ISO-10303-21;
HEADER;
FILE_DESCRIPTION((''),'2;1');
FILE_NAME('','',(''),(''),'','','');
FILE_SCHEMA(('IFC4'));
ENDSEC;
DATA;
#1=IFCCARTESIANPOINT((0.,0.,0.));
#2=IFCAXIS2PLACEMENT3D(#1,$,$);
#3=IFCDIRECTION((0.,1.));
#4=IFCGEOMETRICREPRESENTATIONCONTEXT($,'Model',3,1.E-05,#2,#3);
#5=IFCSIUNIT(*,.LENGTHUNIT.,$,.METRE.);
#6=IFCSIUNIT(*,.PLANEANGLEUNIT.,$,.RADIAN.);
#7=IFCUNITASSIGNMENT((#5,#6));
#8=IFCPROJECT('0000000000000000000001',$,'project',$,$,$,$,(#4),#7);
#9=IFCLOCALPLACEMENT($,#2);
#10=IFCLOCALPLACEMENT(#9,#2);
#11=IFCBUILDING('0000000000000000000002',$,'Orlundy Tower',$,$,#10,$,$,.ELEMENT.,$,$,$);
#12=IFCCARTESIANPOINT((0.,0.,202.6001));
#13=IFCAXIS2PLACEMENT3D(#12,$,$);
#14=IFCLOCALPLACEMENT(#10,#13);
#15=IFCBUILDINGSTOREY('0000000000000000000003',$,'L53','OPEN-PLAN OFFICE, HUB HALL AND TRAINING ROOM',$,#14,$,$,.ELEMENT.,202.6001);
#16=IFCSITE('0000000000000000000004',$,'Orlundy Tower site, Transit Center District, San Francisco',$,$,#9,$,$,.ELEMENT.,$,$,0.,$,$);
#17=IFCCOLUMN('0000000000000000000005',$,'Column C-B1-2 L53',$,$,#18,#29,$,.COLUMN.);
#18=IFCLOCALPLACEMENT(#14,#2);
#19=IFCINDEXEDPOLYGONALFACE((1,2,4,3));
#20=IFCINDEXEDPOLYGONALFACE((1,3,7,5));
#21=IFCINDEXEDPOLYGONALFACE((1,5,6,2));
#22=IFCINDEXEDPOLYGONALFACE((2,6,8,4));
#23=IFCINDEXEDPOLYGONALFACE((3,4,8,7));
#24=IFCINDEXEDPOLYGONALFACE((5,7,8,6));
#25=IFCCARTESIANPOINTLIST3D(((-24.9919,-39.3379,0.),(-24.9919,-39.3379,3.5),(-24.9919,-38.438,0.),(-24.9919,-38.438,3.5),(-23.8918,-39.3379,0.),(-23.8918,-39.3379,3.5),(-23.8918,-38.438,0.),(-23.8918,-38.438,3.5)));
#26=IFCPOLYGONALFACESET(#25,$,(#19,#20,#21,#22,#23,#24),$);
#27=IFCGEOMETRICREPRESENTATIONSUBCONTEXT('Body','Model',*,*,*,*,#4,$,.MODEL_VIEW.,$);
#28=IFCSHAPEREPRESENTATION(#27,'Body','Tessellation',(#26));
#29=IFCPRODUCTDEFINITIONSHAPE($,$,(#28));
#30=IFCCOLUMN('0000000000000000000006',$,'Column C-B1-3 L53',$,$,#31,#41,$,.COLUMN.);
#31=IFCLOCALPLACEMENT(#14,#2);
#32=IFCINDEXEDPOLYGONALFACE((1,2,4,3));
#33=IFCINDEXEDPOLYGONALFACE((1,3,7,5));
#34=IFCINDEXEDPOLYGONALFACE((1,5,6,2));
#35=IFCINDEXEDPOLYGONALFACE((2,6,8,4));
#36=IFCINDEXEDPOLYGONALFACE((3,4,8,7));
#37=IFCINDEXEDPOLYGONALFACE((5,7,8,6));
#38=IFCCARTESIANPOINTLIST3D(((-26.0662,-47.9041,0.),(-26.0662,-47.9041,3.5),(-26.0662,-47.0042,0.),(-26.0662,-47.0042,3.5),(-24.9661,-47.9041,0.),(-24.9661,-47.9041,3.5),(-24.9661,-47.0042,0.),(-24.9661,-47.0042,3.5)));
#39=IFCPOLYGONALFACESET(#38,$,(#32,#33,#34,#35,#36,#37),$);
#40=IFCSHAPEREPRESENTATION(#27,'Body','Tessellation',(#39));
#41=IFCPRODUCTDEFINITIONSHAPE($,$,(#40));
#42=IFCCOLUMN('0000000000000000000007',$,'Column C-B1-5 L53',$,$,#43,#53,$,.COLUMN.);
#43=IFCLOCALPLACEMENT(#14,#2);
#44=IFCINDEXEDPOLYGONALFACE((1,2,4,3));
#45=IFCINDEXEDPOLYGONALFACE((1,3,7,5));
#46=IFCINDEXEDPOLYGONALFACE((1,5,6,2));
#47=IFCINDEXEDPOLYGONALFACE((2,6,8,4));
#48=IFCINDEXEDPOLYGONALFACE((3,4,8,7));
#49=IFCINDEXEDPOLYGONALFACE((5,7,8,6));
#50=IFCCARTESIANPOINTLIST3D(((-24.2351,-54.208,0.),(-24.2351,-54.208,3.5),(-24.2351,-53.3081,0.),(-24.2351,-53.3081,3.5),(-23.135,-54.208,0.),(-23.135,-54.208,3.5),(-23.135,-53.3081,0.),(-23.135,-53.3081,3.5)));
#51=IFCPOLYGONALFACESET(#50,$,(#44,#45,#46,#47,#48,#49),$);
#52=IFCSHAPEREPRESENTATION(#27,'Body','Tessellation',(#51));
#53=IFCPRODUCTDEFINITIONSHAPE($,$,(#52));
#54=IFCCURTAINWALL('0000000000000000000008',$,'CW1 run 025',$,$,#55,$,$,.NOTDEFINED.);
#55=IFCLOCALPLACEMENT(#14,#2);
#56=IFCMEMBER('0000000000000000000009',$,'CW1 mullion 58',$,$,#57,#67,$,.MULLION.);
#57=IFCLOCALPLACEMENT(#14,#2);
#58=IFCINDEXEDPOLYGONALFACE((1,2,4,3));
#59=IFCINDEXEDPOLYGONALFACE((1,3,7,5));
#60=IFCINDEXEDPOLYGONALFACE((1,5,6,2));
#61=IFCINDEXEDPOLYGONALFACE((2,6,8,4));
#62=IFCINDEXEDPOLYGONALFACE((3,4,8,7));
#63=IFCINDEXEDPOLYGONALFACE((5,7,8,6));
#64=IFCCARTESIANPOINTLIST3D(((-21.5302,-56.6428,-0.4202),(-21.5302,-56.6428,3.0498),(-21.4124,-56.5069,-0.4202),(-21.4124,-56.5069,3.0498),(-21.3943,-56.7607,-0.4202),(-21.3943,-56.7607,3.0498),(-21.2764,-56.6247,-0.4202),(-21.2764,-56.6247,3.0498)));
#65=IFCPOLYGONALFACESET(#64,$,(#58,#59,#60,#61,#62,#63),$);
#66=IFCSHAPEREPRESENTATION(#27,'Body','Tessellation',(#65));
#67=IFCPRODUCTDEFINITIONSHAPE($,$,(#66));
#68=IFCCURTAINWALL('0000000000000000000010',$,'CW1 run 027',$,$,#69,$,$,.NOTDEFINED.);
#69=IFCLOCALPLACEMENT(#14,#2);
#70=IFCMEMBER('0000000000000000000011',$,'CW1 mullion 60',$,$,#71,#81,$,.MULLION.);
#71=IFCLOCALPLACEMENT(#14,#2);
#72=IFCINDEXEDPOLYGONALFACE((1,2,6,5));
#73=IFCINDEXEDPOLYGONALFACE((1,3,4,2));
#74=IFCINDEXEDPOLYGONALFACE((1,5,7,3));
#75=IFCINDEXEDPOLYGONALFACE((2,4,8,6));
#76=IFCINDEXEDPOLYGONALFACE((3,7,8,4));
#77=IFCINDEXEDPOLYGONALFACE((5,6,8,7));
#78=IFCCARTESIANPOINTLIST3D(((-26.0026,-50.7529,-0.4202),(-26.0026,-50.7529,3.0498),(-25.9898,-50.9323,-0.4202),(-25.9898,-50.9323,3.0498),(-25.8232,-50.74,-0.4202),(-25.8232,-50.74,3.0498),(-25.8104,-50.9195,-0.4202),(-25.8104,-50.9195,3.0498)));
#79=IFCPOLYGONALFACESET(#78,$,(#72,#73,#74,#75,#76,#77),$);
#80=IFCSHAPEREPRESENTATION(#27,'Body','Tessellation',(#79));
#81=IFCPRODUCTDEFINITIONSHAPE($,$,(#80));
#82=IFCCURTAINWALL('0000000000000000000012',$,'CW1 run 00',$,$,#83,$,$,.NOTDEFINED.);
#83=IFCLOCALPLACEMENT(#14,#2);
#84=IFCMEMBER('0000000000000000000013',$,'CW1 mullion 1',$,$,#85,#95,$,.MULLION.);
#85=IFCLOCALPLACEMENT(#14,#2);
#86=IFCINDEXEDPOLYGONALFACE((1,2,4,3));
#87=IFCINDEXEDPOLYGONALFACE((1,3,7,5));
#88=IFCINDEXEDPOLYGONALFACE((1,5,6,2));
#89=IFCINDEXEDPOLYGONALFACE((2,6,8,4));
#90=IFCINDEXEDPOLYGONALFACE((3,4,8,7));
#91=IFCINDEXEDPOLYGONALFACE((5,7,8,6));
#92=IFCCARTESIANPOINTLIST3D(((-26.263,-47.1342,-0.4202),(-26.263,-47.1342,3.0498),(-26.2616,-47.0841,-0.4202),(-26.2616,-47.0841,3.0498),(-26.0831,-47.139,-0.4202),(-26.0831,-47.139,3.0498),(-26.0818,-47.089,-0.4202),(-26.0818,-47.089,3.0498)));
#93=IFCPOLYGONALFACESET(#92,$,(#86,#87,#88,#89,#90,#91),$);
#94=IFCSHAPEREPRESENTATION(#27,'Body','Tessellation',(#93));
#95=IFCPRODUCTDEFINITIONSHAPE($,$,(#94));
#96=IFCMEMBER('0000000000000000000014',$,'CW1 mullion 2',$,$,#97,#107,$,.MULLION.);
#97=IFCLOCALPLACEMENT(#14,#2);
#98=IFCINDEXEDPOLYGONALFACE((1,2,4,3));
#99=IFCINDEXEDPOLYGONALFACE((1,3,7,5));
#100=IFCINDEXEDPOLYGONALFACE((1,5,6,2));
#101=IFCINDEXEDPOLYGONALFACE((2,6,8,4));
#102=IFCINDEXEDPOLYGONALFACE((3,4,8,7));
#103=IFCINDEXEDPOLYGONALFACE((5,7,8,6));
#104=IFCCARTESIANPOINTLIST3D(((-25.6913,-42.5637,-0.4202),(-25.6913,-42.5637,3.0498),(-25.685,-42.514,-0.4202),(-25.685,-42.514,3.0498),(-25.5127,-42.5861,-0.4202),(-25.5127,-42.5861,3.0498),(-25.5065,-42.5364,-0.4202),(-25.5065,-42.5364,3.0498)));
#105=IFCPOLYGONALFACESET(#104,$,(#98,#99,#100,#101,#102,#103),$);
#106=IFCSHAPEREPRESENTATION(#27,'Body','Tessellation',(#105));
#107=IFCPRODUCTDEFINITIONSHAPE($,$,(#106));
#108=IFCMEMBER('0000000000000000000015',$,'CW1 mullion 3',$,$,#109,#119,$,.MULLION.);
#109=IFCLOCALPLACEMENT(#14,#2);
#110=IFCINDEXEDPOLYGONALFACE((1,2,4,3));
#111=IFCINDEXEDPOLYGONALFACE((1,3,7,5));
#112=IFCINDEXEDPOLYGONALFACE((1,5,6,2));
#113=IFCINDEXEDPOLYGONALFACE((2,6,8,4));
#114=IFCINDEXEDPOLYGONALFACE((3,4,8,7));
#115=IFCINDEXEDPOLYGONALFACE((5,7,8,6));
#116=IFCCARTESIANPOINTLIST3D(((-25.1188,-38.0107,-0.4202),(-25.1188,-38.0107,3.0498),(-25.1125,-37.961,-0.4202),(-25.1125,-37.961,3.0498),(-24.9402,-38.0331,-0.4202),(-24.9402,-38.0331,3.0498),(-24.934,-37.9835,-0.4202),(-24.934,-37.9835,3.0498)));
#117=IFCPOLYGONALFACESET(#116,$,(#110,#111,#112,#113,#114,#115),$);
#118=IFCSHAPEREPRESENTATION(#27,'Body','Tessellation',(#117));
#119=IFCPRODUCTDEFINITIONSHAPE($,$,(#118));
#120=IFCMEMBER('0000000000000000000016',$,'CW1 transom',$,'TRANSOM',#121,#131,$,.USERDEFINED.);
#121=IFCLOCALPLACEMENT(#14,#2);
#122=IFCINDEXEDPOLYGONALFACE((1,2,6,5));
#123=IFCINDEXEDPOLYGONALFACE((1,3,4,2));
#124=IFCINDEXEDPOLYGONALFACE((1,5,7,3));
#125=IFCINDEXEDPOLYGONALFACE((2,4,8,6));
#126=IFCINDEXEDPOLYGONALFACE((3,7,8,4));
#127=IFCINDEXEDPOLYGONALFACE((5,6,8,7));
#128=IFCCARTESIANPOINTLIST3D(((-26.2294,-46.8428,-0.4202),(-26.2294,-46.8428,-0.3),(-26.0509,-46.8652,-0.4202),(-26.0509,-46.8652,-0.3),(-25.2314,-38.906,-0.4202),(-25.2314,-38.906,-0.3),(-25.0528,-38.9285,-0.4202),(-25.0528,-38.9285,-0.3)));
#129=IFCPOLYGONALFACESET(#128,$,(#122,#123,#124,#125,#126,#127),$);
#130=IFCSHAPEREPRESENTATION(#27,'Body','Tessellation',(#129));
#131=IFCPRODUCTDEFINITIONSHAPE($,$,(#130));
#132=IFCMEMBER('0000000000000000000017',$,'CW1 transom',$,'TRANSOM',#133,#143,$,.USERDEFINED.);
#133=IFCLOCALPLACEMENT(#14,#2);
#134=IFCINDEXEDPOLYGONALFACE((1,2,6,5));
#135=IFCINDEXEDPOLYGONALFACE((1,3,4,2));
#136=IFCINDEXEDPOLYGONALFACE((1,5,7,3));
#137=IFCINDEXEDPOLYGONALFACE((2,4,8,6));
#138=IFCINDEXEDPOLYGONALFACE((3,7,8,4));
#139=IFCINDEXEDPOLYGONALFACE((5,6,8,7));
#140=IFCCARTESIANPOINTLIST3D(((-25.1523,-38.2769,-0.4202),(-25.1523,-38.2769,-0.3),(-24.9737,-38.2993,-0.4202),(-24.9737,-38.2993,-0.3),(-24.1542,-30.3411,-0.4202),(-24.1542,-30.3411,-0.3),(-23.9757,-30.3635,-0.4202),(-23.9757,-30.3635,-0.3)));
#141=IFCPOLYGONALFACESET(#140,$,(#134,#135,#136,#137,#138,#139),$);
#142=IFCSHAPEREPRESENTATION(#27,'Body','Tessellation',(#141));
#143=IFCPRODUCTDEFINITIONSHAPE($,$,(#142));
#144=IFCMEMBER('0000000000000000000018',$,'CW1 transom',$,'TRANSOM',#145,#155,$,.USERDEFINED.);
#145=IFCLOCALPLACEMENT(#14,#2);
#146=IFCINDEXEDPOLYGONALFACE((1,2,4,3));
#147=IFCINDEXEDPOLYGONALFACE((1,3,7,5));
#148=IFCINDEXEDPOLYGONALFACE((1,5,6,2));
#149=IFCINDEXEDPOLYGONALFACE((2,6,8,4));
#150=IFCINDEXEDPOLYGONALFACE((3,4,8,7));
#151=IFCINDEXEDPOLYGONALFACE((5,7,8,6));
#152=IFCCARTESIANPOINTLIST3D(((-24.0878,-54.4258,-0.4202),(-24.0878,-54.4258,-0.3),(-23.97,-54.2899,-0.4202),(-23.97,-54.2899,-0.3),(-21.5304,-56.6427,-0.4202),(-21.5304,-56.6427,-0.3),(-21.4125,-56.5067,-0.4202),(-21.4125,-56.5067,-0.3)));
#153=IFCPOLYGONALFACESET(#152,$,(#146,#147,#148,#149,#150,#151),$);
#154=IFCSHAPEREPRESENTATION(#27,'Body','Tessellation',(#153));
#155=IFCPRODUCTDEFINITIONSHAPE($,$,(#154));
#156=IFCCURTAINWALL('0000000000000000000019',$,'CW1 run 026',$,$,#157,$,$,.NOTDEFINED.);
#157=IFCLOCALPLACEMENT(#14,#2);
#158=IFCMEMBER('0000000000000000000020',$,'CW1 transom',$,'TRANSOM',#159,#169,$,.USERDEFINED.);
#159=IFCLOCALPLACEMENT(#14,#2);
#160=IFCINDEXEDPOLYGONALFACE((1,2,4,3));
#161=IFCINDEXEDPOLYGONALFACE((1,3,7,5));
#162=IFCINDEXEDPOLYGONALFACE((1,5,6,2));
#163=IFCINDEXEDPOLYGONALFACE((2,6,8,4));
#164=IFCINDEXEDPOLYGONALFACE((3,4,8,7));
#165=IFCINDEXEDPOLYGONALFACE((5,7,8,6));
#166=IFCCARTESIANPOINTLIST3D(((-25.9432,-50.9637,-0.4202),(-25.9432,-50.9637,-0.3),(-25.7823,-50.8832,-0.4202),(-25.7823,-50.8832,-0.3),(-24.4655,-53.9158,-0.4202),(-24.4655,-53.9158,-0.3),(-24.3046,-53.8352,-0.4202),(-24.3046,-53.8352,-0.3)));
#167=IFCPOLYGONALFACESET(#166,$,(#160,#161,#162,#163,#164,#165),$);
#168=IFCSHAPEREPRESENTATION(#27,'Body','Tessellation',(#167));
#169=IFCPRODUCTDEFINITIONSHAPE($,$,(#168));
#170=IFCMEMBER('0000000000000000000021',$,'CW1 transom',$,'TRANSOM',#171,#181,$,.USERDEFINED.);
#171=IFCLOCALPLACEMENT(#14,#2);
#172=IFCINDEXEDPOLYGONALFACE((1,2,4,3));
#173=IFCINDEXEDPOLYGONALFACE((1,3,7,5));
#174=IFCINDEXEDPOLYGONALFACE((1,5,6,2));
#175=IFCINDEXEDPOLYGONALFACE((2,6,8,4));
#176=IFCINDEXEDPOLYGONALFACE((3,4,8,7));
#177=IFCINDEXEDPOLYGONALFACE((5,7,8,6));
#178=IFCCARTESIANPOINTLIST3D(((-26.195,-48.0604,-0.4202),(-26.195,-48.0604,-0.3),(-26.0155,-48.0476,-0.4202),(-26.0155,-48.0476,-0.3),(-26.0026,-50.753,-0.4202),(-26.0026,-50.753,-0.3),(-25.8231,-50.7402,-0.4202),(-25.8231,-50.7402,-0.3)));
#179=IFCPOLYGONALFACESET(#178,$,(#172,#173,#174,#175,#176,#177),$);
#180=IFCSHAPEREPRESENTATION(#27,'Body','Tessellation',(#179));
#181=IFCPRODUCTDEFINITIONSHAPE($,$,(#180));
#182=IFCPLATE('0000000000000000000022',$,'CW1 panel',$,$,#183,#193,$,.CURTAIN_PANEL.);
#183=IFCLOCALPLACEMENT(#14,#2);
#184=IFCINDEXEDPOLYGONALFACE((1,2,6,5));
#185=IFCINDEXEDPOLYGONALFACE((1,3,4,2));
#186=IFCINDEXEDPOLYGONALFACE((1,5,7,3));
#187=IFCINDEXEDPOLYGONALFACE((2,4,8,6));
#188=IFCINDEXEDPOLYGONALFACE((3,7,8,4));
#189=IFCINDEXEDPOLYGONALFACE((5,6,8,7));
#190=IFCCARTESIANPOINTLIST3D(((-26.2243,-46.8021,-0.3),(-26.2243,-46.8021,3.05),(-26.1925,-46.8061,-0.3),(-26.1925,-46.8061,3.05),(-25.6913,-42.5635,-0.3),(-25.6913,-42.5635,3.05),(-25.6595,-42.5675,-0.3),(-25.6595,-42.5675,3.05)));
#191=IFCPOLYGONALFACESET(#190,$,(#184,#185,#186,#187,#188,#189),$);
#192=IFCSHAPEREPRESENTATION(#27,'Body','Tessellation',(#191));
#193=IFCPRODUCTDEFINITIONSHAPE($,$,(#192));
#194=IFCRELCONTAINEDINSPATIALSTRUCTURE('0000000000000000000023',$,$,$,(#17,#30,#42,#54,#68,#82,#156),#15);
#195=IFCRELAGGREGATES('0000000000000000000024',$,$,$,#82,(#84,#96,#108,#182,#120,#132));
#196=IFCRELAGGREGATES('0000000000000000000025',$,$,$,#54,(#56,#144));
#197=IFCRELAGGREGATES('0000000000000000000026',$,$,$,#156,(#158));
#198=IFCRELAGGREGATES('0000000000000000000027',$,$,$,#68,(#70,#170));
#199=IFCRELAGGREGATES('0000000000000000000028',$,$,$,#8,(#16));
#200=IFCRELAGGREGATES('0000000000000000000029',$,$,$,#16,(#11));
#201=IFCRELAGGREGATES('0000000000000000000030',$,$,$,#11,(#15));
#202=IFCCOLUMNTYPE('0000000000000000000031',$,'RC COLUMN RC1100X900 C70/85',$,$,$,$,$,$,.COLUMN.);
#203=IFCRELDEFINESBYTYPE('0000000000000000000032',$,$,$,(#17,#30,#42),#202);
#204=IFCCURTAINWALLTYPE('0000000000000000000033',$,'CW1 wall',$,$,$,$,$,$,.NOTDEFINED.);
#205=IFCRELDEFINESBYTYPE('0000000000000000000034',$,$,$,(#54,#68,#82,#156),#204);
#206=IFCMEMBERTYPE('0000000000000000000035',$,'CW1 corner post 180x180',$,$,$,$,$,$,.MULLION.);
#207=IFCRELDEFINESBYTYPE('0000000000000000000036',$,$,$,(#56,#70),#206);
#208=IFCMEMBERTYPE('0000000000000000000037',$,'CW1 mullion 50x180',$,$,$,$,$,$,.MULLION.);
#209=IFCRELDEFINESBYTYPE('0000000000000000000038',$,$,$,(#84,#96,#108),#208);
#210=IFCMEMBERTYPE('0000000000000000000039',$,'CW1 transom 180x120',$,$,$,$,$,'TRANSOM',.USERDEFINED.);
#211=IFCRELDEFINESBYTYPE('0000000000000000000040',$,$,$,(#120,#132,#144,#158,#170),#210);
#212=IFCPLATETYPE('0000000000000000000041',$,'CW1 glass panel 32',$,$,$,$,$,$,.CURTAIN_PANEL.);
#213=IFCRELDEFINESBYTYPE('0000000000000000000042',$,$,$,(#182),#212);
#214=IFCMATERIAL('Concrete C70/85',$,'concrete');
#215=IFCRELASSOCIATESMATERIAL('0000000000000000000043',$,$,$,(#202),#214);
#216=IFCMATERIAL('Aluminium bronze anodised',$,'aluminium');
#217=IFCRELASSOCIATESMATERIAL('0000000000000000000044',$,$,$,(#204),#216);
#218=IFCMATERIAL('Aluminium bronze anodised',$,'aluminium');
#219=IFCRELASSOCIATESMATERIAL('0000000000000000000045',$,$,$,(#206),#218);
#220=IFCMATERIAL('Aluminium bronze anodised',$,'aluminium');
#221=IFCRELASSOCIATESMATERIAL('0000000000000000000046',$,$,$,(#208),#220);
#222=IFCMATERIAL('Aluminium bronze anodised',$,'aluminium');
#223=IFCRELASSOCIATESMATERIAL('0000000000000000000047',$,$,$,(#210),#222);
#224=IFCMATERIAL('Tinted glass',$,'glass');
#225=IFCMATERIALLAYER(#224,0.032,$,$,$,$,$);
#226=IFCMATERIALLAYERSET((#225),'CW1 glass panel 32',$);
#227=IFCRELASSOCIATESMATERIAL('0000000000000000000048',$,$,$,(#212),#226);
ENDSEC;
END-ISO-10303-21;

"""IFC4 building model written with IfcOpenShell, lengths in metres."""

from ifc_helpers import new_model, si_unit, direction, frame, origin, origin_2d, place, context, subcontext, project, spatial, rectangle, extrude, material, layer, layer_set, material_profile, profile_set, type_object, element, aggregate, save


model = new_model("IFC4")

# Units and contexts
model_context = context("Model", 3, precision=1e-05, world=origin(), true_north=direction((0.0, 1.0)))
body_context = subcontext(model_context, "Body", "Model", "MODEL_VIEW")
ifc_project = project(units=[si_unit("LENGTHUNIT", "METRE"), si_unit("PLANEANGLEUNIT", "RADIAN")], contexts=[model_context])

# Site, building, storey
site_placement = place(None, origin())
site = spatial("IfcSite", under=ifc_project, at=site_placement, Name="Orlundy Tower site, Transit Center District, San Francisco", CompositionType="ELEMENT", RefElevation=0.0)
building_placement = place(site_placement, origin())
building = spatial("IfcBuilding", under=site, at=building_placement, Name="Orlundy Tower", CompositionType="ELEMENT")
storey_placement = place(building_placement, frame((0.0, 0.0, 202.6001)))
storey = spatial("IfcBuildingStorey", under=building, at=storey_placement, Name="L53", Description="OPEN-PLAN OFFICE, HUB HALL AND TRAINING ROOM", CompositionType="ELEMENT", Elevation=202.6001)

# Columns
ifc_material_1 = material(Name="Concrete C70/85", Category="concrete")
ifc_material_profile_1 = material_profile(ifc_material_1, rectangle(XDim=1.1001, YDim=0.8999, at=origin_2d()), Name="RC1100X900")
ifc_profile_set_1 = profile_set([ifc_material_profile_1], Name="Concrete C70/85")
column_type = type_object("IfcColumnType", Name="RC COLUMN RC1100X900 C70/85", PredefinedType="COLUMN", material=ifc_profile_set_1)
for number, where, z_axis, x_axis, name in (
    (1, (-24.4419, -38.8879, 0.0), (0.0, 0.0, 1.0), (1.0, 0.0, 0.0), "Column C-B1-2 L53"),
    (2, (-25.5161, -47.4541, 0.0), (0.0, 0.0, 1.0), (1.0, 0.0, 0.0), "Column C-B1-3 L53"),
    (3, (-23.6851, -53.7581, 0.0), (0.0, 0.0, 1.0), (1.0, 0.0, 0.0), "Column C-B1-5 L53"),
):
    element("IfcColumn", number, at=place(storey_placement, frame(where, z_axis=z_axis, x_axis=x_axis)), inside=storey, type_object=column_type, Name=name, PredefinedType="COLUMN", context=body_context, shape_type="SweptSolid", body=[
        extrude(rectangle(XDim=1.1001, YDim=0.8999, at=origin_2d()), origin(), (0.0, 0.0, 1.0), 3.5),
    ])

# Curtain walls, members
ifc_material_2 = material(Name="Aluminium bronze anodised", Category="aluminium")
curtain_wall_type = type_object("IfcCurtainWallType", Name="CW1 wall", PredefinedType="NOTDEFINED", material=ifc_material_2)
curtain_wall_1_placement = place(storey_placement, origin())
curtain_wall_1 = element("IfcCurtainWall", 4, at=curtain_wall_1_placement, inside=storey, type_object=curtain_wall_type, Name="CW1 run 025", PredefinedType="NOTDEFINED")
ifc_material_3 = material(Name="Aluminium bronze anodised", Category="aluminium")
ifc_material_profile_2 = material_profile(ifc_material_3, rectangle(XDim=0.1799, YDim=0.1799, at=origin_2d()), Name="CW1 corner post 180x180")
ifc_profile_set_2 = profile_set([ifc_material_profile_2], Name="Aluminium bronze anodised")
member_type_1 = type_object("IfcMemberType", Name="CW1 corner post 180x180", PredefinedType="MULLION", material=ifc_profile_set_2)
member_1_placement = place(storey_placement, frame((-21.4033, -56.6338, -0.4202), z_axis=(0.0, 0.0, 1.0), x_axis=(-0.655002, -0.755627, 0.0)))
member_1 = element("IfcMember", 5, at=member_1_placement, type_object=member_type_1, Name="CW1 mullion 58", PredefinedType="MULLION", context=body_context, shape_type="SweptSolid", body=[
    extrude(rectangle(XDim=0.1799, YDim=0.1799, at=origin_2d()), origin(), (0.0, 0.0, 1.0), 3.47),
])
curtain_wall_2_placement = place(storey_placement, origin())
curtain_wall_2 = element("IfcCurtainWall", 6, at=curtain_wall_2_placement, inside=storey, type_object=curtain_wall_type, Name="CW1 run 027", PredefinedType="NOTDEFINED")
member_2_placement = place(storey_placement, frame((-25.9065, -50.8362, -0.4202), z_axis=(0.0, 0.0, 1.0), x_axis=(-0.997461, -0.071209, 0.0)))
member_2 = element("IfcMember", 7, at=member_2_placement, type_object=member_type_1, Name="CW1 mullion 60", PredefinedType="MULLION", context=body_context, shape_type="SweptSolid", body=[
    extrude(rectangle(XDim=0.1799, YDim=0.1799, at=origin_2d()), origin(), (0.0, 0.0, 1.0), 3.47),
])

# Curtain wall, members
curtain_wall_3_placement = place(storey_placement, origin())
curtain_wall_3 = element("IfcCurtainWall", 8, at=curtain_wall_3_placement, inside=storey, type_object=curtain_wall_type, Name="CW1 run 00", PredefinedType="NOTDEFINED")
ifc_material_4 = material(Name="Aluminium bronze anodised", Category="aluminium")
ifc_material_profile_3 = material_profile(ifc_material_4, rectangle(XDim=0.1799, YDim=0.05, at=origin_2d()), Name="CW1 mullion 50x180")
ifc_profile_set_3 = profile_set([ifc_material_profile_3], Name="Aluminium bronze anodised")
member_type_2 = type_object("IfcMemberType", Name="CW1 mullion 50x180", PredefinedType="MULLION", material=ifc_profile_set_3)
member_3_placement = place(storey_placement, frame((-26.1724, -47.1116, -0.4202), z_axis=(0.0, 0.0, 1.0), x_axis=(-0.999638, 0.026907, 0.0)))
member_3 = element("IfcMember", 9, at=member_3_placement, type_object=member_type_2, Name="CW1 mullion 1", PredefinedType="MULLION", context=body_context, shape_type="SweptSolid", body=[
    extrude(rectangle(XDim=0.1799, YDim=0.05, at=origin_2d()), origin(), (0.0, 0.0, 1.0), 3.47),
])
member_4_placement = place(storey_placement, frame((-25.5989, -42.55, -0.4202), z_axis=(0.0, 0.0, 1.0), x_axis=(-0.992187, 0.124763, 0.0)))
member_4 = element("IfcMember", 10, at=member_4_placement, type_object=member_type_2, Name="CW1 mullion 2", PredefinedType="MULLION", context=body_context, shape_type="SweptSolid", body=[
    extrude(rectangle(XDim=0.1799, YDim=0.05, at=origin_2d()), origin(), (0.0, 0.0, 1.0), 3.47),
])
member_5_placement = place(storey_placement, frame((-25.0264, -37.9971, -0.4202), z_axis=(0.0, 0.0, 1.0), x_axis=(-0.992187, 0.124763, 0.0)))
member_5 = element("IfcMember", 11, at=member_5_placement, type_object=member_type_2, Name="CW1 mullion 3", PredefinedType="MULLION", context=body_context, shape_type="SweptSolid", body=[
    extrude(rectangle(XDim=0.1799, YDim=0.05, at=origin_2d()), origin(), (0.0, 0.0, 1.0), 3.47),
])
ifc_material_5 = material(Name="Aluminium bronze anodised", Category="aluminium")
ifc_material_profile_4 = material_profile(ifc_material_5, rectangle(XDim=0.1799, YDim=0.1201, at=origin_2d()), Name="CW1 transom 180x120")
ifc_profile_set_4 = profile_set([ifc_material_profile_4], Name="Aluminium bronze anodised")
member_type_3 = type_object("IfcMemberType", Name="CW1 transom 180x120", ElementType="TRANSOM", PredefinedType="USERDEFINED", material=ifc_profile_set_4)
member_6_placement = place(storey_placement, frame((-26.1401, -46.854, -0.3601), z_axis=(0.124767, 0.992186, 0.0), x_axis=(-0.992186, 0.124767, 0.0)))
member_6 = element("IfcMember", 12, at=member_6_placement, type_object=member_type_3, Name="CW1 transom", ObjectType="TRANSOM", PredefinedType="USERDEFINED", context=body_context, shape_type="SweptSolid", body=[
    extrude(rectangle(XDim=0.1799, YDim=0.1201, at=origin_2d()), origin(), (0.0, 0.0, 1.0), 7.9993),
])
member_7_placement = place(storey_placement, frame((-25.063, -38.2881, -0.3601), z_axis=(0.124782, 0.992184, 0.0), x_axis=(-0.992184, 0.124782, 0.0)))
member_7 = element("IfcMember", 13, at=member_7_placement, type_object=member_type_3, Name="CW1 transom", ObjectType="TRANSOM", PredefinedType="USERDEFINED", context=body_context, shape_type="SweptSolid", body=[
    extrude(rectangle(XDim=0.1799, YDim=0.1201, at=origin_2d()), origin(), (0.0, 0.0, 1.0), 7.9983),
])

# Member
member_8_placement = place(storey_placement, frame((-21.4714, -56.5747, -0.3601), z_axis=(-0.75563, 0.654999, 0.0), x_axis=(-0.654999, -0.75563, 0.0)))
member_8 = element("IfcMember", 14, at=member_8_placement, type_object=member_type_3, Name="CW1 transom", ObjectType="TRANSOM", PredefinedType="USERDEFINED", context=body_context, shape_type="SweptSolid", body=[
    extrude(rectangle(XDim=0.1799, YDim=0.1201, at=origin_2d()), origin(), (0.0, 0.0, 1.0), 3.3845),
])

# Curtain wall, member
curtain_wall_4_placement = place(storey_placement, origin())
curtain_wall_4 = element("IfcCurtainWall", 15, at=curtain_wall_4_placement, inside=storey, type_object=curtain_wall_type, Name="CW1 run 026", PredefinedType="NOTDEFINED")
member_9_placement = place(storey_placement, frame((-24.385, -53.8755, -0.3601), z_axis=(-0.447628, 0.89422, 0.0), x_axis=(-0.89422, -0.447628, 0.0)))
member_9 = element("IfcMember", 16, at=member_9_placement, type_object=member_type_3, Name="CW1 transom", ObjectType="TRANSOM", PredefinedType="USERDEFINED", context=body_context, shape_type="SweptSolid", body=[
    extrude(rectangle(XDim=0.1799, YDim=0.1201, at=origin_2d()), origin(), (0.0, 0.0, 1.0), 3.3013),
])

# Member
member_10_placement = place(storey_placement, frame((-25.9128, -50.7466, -0.3601), z_axis=(-0.071266, 0.997457, 0.0), x_axis=(-0.997457, -0.071266, 0.0)))
member_10 = element("IfcMember", 17, at=member_10_placement, type_object=member_type_3, Name="CW1 transom", ObjectType="TRANSOM", PredefinedType="USERDEFINED", context=body_context, shape_type="SweptSolid", body=[
    extrude(rectangle(XDim=0.1799, YDim=0.1201, at=origin_2d()), origin(), (0.0, 0.0, 1.0), 2.6995),
])

# Plate
ifc_material_6 = material(Name="Tinted glass", Category="glass")
ifc_layer_1 = layer(ifc_material_6, 0.032)
ifc_layer_set_1 = layer_set([ifc_layer_1], Name="CW1 glass panel 32")
plate_type = type_object("IfcPlateType", Name="CW1 glass panel 32", PredefinedType="CURTAIN_PANEL", material=ifc_layer_set_1)
plate_1_placement = place(storey_placement, frame((-25.9419, -44.6848, -0.3), z_axis=(0.0, 0.0, 1.0), x_axis=(0.124763, 0.992187, 0.0)))
plate_1 = element("IfcPlate", 18, at=plate_1_placement, type_object=plate_type, Name="CW1 panel", PredefinedType="CURTAIN_PANEL", context=body_context, shape_type="SweptSolid", body=[
    extrude(rectangle(XDim=4.272, YDim=0.032, at=origin_2d()), origin(), (0.0, 0.0, 1.0), 3.3501),
])
aggregate(curtain_wall_3, [member_3, member_4, member_5, plate_1, member_6, member_7])
aggregate(curtain_wall_1, [member_1, member_8])
aggregate(curtain_wall_4, [member_9])
aggregate(curtain_wall_2, [member_2, member_10])

save(model, "model.ifc")
